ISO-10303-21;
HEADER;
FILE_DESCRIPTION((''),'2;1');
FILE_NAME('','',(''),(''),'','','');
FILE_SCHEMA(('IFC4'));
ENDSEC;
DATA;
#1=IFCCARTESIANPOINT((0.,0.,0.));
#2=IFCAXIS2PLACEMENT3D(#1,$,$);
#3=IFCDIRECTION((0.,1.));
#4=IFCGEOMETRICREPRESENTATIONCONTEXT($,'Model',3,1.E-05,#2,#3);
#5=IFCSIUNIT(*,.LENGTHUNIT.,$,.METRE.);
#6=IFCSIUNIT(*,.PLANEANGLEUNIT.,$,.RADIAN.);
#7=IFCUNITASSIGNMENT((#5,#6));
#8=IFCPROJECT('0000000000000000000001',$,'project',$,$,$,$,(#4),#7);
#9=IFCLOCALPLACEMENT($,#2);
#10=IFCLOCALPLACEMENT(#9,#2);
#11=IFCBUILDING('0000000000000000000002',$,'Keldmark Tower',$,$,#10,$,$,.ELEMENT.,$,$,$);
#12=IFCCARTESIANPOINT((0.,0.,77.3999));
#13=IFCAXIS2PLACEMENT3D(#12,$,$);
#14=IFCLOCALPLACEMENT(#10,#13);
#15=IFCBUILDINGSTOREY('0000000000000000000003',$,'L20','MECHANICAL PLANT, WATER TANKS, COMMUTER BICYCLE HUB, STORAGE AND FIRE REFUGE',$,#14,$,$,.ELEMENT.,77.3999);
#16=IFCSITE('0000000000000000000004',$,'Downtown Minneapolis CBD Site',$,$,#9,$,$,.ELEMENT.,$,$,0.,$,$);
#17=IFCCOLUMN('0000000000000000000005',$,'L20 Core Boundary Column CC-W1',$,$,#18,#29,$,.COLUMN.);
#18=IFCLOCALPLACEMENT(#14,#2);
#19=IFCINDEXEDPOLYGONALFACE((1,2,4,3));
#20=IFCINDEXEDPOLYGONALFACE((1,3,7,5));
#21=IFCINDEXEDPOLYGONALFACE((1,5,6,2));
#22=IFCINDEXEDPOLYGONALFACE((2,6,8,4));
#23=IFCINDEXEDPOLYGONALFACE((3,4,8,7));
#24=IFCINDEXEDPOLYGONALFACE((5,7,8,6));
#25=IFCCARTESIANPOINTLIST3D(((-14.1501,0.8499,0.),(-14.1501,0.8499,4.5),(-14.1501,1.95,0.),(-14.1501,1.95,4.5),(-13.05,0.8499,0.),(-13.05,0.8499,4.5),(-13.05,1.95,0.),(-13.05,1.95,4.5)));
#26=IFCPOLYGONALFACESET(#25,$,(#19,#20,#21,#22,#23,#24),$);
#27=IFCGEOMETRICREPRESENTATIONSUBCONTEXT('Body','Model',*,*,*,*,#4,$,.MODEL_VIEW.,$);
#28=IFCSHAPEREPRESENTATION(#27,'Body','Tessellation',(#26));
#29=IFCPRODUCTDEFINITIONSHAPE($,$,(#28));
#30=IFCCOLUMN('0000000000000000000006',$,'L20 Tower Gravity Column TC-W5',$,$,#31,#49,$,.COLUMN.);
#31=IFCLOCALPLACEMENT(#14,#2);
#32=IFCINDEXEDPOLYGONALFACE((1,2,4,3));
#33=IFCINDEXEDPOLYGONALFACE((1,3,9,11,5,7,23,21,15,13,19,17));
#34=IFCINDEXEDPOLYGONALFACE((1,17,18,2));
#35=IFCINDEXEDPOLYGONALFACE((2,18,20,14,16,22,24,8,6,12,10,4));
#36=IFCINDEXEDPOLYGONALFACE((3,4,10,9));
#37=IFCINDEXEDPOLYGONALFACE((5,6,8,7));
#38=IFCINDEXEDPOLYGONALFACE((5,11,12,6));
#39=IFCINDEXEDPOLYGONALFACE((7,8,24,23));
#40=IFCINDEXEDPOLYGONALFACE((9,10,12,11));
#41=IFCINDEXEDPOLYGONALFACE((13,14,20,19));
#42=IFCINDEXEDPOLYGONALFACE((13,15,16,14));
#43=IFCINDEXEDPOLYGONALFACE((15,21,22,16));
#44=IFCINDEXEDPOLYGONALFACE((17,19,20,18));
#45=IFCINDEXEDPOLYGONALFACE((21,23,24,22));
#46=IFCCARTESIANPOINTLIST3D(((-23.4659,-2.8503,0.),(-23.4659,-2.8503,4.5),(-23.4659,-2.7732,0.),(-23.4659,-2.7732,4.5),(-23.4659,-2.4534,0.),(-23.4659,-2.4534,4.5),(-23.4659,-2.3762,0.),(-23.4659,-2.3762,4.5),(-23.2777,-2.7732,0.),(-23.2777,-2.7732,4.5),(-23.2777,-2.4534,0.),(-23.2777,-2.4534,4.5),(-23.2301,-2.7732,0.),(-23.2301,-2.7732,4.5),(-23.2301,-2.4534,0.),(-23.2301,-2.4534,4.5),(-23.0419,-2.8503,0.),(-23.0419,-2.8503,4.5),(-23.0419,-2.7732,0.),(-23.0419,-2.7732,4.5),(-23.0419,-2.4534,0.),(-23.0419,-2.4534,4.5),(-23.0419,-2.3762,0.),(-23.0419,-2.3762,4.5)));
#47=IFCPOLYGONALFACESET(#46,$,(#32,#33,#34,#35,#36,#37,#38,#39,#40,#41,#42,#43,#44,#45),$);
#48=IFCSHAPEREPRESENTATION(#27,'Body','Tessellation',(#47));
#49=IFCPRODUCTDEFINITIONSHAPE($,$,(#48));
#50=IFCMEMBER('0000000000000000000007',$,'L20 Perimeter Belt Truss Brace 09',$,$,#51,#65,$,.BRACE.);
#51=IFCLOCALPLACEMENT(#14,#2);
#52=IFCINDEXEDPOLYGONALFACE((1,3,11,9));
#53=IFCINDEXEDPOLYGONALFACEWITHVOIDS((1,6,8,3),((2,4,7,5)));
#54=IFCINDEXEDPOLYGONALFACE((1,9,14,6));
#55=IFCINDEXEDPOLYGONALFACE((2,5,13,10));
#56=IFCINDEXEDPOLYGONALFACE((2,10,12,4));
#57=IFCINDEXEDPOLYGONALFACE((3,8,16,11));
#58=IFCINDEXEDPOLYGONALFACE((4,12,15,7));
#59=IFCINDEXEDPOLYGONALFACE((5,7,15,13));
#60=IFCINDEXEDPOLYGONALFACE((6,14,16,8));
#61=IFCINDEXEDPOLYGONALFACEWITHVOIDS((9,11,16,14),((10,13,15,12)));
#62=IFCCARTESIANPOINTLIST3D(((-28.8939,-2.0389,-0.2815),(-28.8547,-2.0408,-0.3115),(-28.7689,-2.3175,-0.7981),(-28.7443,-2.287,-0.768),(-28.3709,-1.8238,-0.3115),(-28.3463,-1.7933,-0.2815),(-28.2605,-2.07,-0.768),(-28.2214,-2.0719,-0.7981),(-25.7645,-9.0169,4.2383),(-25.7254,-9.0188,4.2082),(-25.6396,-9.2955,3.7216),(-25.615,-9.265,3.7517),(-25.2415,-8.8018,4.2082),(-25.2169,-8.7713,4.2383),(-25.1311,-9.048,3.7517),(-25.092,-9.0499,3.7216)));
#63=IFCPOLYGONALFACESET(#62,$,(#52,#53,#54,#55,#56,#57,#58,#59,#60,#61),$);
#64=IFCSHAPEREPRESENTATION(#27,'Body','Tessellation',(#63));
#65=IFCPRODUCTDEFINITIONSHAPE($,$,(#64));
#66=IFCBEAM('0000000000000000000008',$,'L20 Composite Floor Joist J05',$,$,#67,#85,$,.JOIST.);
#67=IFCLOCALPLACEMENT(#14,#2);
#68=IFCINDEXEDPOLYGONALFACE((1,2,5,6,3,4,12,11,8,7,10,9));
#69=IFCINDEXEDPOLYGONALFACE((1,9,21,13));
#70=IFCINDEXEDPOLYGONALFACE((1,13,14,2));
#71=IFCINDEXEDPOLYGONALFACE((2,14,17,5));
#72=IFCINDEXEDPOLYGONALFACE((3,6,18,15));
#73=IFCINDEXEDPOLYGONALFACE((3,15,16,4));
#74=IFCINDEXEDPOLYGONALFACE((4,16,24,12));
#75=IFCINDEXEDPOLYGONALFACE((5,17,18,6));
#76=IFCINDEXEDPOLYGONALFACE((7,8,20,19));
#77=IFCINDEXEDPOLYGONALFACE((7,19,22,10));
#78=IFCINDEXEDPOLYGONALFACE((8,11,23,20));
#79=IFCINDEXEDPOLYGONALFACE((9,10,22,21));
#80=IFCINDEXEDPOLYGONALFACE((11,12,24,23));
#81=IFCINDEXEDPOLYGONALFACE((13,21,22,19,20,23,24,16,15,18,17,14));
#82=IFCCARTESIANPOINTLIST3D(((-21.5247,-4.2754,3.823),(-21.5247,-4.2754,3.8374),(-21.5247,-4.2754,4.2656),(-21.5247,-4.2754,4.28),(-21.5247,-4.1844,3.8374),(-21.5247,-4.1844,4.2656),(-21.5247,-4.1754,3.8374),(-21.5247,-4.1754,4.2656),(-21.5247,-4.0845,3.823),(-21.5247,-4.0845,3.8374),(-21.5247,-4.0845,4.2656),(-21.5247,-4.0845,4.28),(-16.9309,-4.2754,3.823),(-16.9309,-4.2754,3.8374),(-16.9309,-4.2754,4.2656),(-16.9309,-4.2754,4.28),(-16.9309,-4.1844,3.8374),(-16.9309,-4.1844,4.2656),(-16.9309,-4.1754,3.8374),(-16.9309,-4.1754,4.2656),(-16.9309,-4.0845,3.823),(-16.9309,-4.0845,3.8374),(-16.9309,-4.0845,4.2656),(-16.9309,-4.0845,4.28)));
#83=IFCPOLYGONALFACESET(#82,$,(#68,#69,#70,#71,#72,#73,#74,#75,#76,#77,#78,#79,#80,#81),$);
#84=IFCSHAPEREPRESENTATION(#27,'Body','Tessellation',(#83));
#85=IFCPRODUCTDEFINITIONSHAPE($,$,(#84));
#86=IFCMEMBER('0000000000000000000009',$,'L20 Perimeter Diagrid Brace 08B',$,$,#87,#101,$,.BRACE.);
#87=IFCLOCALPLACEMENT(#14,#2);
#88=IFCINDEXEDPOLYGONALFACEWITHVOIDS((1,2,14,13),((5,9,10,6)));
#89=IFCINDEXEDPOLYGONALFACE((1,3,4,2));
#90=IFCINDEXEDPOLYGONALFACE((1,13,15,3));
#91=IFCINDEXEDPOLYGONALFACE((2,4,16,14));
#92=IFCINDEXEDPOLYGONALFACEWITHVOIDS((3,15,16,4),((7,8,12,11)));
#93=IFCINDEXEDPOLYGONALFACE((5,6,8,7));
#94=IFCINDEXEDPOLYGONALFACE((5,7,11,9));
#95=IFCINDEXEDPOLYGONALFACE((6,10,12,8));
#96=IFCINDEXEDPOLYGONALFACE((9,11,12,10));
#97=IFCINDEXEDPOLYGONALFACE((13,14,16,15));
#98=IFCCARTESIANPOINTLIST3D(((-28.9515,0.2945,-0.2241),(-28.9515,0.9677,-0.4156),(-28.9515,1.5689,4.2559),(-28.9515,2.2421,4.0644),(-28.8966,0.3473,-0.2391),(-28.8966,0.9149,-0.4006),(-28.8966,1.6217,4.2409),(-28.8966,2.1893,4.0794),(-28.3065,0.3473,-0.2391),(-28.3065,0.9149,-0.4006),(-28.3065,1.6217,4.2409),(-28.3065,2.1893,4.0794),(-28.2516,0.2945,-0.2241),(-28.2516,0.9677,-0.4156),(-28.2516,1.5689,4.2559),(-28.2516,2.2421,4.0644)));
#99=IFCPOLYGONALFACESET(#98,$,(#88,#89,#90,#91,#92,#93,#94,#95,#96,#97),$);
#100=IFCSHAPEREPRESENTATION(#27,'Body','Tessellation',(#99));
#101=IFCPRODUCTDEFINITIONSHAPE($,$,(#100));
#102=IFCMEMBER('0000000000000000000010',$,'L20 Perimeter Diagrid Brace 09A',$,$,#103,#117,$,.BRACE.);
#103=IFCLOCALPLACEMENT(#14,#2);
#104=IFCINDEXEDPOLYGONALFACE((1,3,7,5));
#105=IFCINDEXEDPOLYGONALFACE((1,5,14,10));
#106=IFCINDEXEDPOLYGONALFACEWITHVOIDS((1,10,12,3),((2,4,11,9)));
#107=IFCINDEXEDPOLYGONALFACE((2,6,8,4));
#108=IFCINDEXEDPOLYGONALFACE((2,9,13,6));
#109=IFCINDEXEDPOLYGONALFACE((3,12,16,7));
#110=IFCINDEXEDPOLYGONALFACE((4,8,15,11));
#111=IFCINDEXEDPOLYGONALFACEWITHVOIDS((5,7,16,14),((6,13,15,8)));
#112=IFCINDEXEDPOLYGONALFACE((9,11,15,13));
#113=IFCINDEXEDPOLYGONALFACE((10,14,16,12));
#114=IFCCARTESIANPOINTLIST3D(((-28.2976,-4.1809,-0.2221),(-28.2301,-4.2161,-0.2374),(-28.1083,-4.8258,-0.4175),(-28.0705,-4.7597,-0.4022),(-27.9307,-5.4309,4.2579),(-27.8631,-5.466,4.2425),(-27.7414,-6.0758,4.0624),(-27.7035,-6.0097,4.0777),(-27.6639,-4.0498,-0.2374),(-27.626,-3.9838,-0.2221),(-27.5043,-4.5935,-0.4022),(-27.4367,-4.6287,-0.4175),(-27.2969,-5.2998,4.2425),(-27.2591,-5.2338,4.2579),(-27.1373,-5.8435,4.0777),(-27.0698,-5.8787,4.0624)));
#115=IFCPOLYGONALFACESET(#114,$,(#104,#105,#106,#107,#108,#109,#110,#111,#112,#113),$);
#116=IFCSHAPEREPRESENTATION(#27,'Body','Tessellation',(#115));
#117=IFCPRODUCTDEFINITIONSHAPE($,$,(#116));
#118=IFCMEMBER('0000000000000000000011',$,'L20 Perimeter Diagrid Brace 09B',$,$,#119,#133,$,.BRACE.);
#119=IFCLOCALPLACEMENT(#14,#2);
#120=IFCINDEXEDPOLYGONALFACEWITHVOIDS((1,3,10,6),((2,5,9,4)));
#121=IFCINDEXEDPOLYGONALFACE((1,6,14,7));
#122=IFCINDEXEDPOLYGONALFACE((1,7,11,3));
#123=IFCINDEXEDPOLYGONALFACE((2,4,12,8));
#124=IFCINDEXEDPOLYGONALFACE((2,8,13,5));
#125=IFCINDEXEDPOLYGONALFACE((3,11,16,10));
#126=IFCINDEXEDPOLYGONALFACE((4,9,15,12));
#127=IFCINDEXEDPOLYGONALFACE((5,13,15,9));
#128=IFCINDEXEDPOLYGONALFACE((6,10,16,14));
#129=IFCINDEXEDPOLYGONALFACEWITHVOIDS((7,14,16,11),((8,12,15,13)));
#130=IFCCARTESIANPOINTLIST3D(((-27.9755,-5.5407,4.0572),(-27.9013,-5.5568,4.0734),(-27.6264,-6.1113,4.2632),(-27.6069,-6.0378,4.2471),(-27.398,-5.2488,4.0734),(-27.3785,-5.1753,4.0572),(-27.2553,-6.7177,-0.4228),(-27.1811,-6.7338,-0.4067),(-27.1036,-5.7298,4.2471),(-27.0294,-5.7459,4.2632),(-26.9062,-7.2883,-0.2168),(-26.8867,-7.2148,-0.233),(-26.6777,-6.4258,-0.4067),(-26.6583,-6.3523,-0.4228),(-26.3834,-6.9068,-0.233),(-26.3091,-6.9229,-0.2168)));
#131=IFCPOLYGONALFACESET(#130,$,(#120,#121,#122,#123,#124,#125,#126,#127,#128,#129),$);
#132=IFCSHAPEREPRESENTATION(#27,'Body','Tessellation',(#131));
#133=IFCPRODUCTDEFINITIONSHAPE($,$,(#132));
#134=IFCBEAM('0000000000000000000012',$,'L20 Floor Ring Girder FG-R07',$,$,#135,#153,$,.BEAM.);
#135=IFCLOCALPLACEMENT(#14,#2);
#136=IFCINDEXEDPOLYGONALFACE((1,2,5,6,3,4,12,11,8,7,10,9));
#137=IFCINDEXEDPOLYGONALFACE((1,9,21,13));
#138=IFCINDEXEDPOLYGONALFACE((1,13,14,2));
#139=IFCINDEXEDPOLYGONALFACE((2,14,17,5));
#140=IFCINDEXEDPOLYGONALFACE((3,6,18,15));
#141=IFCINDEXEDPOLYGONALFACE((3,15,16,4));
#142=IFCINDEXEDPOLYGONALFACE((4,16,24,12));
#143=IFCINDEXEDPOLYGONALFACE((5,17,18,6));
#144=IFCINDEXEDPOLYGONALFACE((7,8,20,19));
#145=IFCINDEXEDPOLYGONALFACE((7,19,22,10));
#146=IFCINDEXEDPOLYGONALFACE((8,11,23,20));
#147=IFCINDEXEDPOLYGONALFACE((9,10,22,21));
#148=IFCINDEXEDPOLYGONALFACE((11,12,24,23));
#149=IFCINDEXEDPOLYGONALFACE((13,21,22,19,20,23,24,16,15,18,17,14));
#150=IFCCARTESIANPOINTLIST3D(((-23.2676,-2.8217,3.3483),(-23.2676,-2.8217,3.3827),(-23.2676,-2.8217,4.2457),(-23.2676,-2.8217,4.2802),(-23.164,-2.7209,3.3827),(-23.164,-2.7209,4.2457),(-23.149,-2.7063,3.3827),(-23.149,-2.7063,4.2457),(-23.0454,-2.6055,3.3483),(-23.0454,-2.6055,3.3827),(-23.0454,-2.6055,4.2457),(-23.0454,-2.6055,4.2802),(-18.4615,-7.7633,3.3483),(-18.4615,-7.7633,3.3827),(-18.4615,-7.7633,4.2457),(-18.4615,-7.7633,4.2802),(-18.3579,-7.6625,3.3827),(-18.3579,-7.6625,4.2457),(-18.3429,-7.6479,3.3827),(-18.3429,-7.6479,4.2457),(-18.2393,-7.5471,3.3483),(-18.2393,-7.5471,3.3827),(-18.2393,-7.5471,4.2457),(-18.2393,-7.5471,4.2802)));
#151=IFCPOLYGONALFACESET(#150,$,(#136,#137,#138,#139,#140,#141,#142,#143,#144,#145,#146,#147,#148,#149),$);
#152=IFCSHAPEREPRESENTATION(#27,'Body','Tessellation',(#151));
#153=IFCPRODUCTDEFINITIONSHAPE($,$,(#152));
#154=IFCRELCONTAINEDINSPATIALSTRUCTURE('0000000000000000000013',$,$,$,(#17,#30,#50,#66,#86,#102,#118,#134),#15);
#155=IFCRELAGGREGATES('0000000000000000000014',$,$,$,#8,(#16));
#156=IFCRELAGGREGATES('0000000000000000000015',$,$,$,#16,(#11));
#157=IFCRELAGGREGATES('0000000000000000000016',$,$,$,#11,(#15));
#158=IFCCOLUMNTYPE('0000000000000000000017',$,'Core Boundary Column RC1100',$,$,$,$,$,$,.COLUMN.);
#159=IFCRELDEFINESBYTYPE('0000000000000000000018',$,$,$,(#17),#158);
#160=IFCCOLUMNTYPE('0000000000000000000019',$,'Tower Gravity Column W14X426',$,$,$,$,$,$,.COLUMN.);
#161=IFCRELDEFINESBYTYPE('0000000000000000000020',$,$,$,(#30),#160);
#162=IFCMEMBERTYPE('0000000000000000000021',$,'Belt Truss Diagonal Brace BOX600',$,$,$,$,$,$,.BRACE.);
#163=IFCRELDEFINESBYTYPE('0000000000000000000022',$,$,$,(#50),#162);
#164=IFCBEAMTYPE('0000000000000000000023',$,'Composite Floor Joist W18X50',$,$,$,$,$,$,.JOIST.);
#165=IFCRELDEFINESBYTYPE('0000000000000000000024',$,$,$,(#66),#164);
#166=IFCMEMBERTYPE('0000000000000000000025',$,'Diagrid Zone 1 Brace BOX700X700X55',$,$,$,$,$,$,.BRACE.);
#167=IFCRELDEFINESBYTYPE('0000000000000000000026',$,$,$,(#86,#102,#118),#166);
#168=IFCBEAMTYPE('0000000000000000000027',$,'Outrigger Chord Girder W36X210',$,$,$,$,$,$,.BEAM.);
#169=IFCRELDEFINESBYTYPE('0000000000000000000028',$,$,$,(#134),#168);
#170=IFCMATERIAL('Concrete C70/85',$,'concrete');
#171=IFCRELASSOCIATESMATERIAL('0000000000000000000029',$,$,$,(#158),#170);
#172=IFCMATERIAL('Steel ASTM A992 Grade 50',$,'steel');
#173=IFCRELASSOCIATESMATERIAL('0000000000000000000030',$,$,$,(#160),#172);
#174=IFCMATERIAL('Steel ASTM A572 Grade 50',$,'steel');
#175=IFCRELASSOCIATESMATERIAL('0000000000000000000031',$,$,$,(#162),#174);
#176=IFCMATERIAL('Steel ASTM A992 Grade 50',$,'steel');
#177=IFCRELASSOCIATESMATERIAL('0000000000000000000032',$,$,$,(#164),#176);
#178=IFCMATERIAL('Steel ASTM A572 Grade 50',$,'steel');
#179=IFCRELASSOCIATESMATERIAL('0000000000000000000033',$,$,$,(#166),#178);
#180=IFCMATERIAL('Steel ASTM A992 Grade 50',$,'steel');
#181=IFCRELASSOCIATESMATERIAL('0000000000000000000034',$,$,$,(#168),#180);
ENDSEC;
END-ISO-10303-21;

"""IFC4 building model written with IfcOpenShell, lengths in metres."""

from ifc_helpers import new_model, si_unit, direction, frame, origin, origin_2d, place, context, subcontext, project, spatial, rectangle, hollow_rectangle, i_section, extrude, material, material_profile, profile_set, type_object, element, save


model = new_model("IFC4")

# Units and contexts
model_context = context("Model", 3, precision=1e-05, world=origin(), true_north=direction((0.0, 1.0)))
body_context = subcontext(model_context, "Body", "Model", "MODEL_VIEW")
ifc_project = project(units=[si_unit("LENGTHUNIT", "METRE"), si_unit("PLANEANGLEUNIT", "RADIAN")], contexts=[model_context])

# Site, building, storey
site_placement = place(None, origin())
site = spatial("IfcSite", under=ifc_project, at=site_placement, Name="Downtown Minneapolis CBD Site", CompositionType="ELEMENT", RefElevation=0.0)
building_placement = place(site_placement, origin())
building = spatial("IfcBuilding", under=site, at=building_placement, Name="Keldmark Tower", CompositionType="ELEMENT")
storey_placement = place(building_placement, frame((0.0, 0.0, 77.3999)))
storey = spatial("IfcBuildingStorey", under=building, at=storey_placement, Name="L20", Description="MECHANICAL PLANT, WATER TANKS, COMMUTER BICYCLE HUB, STORAGE AND FIRE REFUGE", CompositionType="ELEMENT", Elevation=77.3999)

# Columns
ifc_material_1 = material(Name="Concrete C70/85", Category="concrete")
ifc_material_profile_1 = material_profile(ifc_material_1, rectangle(XDim=1.1001, YDim=1.1001, at=origin_2d()), Name="RC1100X1100")
ifc_profile_set_1 = profile_set([ifc_material_profile_1], Name="Concrete C70/85")
column_type_1 = type_object("IfcColumnType", Name="Core Boundary Column RC1100", PredefinedType="COLUMN", material=ifc_profile_set_1)
column_1_placement = place(storey_placement, frame((-13.6001, 1.3999, 0.0), z_axis=(0.0, 0.0, 1.0), x_axis=(1.0, 0.0, 0.0)))
element("IfcColumn", 1, at=column_1_placement, inside=storey, type_object=column_type_1, Name="L20 Core Boundary Column CC-W1", PredefinedType="COLUMN", context=body_context, shape_type="SweptSolid", body=[
    extrude(rectangle(XDim=1.1001, YDim=1.1001, at=origin_2d()), origin(), (0.0, 0.0, 1.0), 4.5),
])
ifc_material_2 = material(Name="Steel ASTM A992 Grade 50", Category="steel")
ifc_material_profile_2 = material_profile(ifc_material_2, i_section(OverallWidth=0.4241, OverallDepth=0.4741, WebThickness=0.0476, FlangeThickness=0.0771, at=origin_2d()), Name="W14X426")
ifc_profile_set_2 = profile_set([ifc_material_profile_2], Name="Steel ASTM A992 Grade 50")
column_type_2 = type_object("IfcColumnType", Name="Tower Gravity Column W14X426", PredefinedType="COLUMN", material=ifc_profile_set_2)
column_2_placement = place(storey_placement, frame((-23.2539, -2.6133, 0.0), z_axis=(0.0, 0.0, 1.0), x_axis=(1.0, 0.0, 0.0)))
element("IfcColumn", 2, at=column_2_placement, inside=storey, type_object=column_type_2, Name="L20 Tower Gravity Column TC-W5", PredefinedType="COLUMN", context=body_context, shape_type="SweptSolid", body=[
    extrude(i_section(OverallWidth=0.4241, OverallDepth=0.4741, WebThickness=0.0476, FlangeThickness=0.0771, at=origin_2d()), origin(), (0.0, 0.0, 1.0), 4.5),
])

# Member
ifc_material_3 = material(Name="Steel ASTM A572 Grade 50", Category="steel")
ifc_material_profile_3 = material_profile(ifc_material_3, hollow_rectangle(XDim=0.6001, YDim=0.6001, WallThickness=0.0349, at=origin_2d()), Name="BOX600X600X35")
ifc_profile_set_3 = profile_set([ifc_material_profile_3], Name="Steel ASTM A572 Grade 50")
member_type_1 = type_object("IfcMemberType", Name="Belt Truss Diagonal Brace BOX600", PredefinedType="BRACE", material=ifc_profile_set_3)
member_1_placement = place(storey_placement, frame((-28.5576, -2.0554, -0.5398), z_axis=(0.352275, -0.785515, 0.50879), x_axis=(0.912445, 0.409199, 0.0)))
element("IfcMember", 3, at=member_1_placement, inside=storey, type_object=member_type_1, Name="L20 Perimeter Belt Truss Brace 09", PredefinedType="BRACE", context=body_context, shape_type="SweptSolid", body=[
    extrude(hollow_rectangle(XDim=0.6001, YDim=0.6001, WallThickness=0.0349, at=origin_2d()), origin(), (0.0, 0.0, 1.0), 8.8833),
])

# Beam
ifc_material_4 = material(Name="Steel ASTM A992 Grade 50", Category="steel")
ifc_material_profile_4 = material_profile(ifc_material_4, i_section(OverallWidth=0.1909, OverallDepth=0.457, WebThickness=0.009, FlangeThickness=0.0144, at=origin_2d()), Name="W18X50")
ifc_profile_set_4 = profile_set([ifc_material_profile_4], Name="Steel ASTM A992 Grade 50")
beam_type_1 = type_object("IfcBeamType", Name="Composite Floor Joist W18X50", PredefinedType="JOIST", material=ifc_profile_set_4)
beam_1_placement = place(storey_placement, frame((-21.5247, -4.1799, 4.0515), z_axis=(1.0, 0.0, 0.0), x_axis=(0.0, 1.0, 0.0)))
element("IfcBeam", 4, at=beam_1_placement, inside=storey, type_object=beam_type_1, Name="L20 Composite Floor Joist J05", PredefinedType="JOIST", context=body_context, shape_type="SweptSolid", body=[
    extrude(i_section(OverallWidth=0.1909, OverallDepth=0.457, WebThickness=0.009, FlangeThickness=0.0144, at=origin_2d()), origin(), (0.0, 0.0, 1.0), 4.5938),
])

# Members
ifc_material_5 = material(Name="Steel ASTM A572 Grade 50", Category="steel")
ifc_material_profile_5 = material_profile(ifc_material_5, hollow_rectangle(XDim=0.7, YDim=0.7, WallThickness=0.0549, at=origin_2d()), Name="BOX700X700X55")
ifc_profile_set_5 = profile_set([ifc_material_profile_5], Name="Steel ASTM A572 Grade 50")
member_type_2 = type_object("IfcMemberType", Name="Diagrid Zone 1 Brace BOX700X700X55", PredefinedType="BRACE", material=ifc_profile_set_5)
member_2_placement = place(storey_placement, frame((-28.6016, 0.6311, -0.3198), z_axis=(0.0, 0.273613, 0.96184), x_axis=(-1.0, 0.0, 0.0)))
element("IfcMember", 5, at=member_2_placement, inside=storey, type_object=member_type_2, Name="L20 Perimeter Diagrid Brace 08B", PredefinedType="BRACE", context=body_context, shape_type="SweptSolid", body=[
    extrude(hollow_rectangle(XDim=0.7, YDim=0.7, WallThickness=0.0549, at=origin_2d()), origin(), (0.0, 0.0, 1.0), 4.6577),
])
member_3_placement = place(storey_placement, frame((-27.8672, -4.4048, -0.3198), z_axis=(0.07865, -0.267921, 0.960225), x_axis=(0.959512, 0.281669, 0.0)))
element("IfcMember", 6, at=member_3_placement, inside=storey, type_object=member_type_2, Name="L20 Perimeter Diagrid Brace 09A", PredefinedType="BRACE", context=body_context, shape_type="SweptSolid", body=[
    extrude(hollow_rectangle(XDim=0.7, YDim=0.7, WallThickness=0.0549, at=origin_2d()), origin(), (0.0, 0.0, 1.0), 4.6655),
])
member_4_placement = place(storey_placement, frame((-26.7822, -6.8203, -0.3198), z_axis=(-0.15364, 0.251085, 0.955694), x_axis=(-0.85298, -0.521944, 0.0)))
element("IfcMember", 7, at=member_4_placement, inside=storey, type_object=member_type_2, Name="L20 Perimeter Diagrid Brace 09B", PredefinedType="BRACE", context=body_context, shape_type="SweptSolid", body=[
    extrude(hollow_rectangle(XDim=0.7, YDim=0.7, WallThickness=0.0549, at=origin_2d()), origin(), (0.0, 0.0, 1.0), 4.6877),
])

# Beam
ifc_material_6 = material(Name="Steel ASTM A992 Grade 50", Category="steel")
ifc_material_profile_6 = material_profile(ifc_material_6, i_section(OverallWidth=0.3101, OverallDepth=0.9319, WebThickness=0.021, FlangeThickness=0.0344, at=origin_2d()), Name="W36X210")
ifc_profile_set_6 = profile_set([ifc_material_profile_6], Name="Steel ASTM A992 Grade 50")
beam_type_2 = type_object("IfcBeamType", Name="Outrigger Chord Girder W36X210", PredefinedType="BEAM", material=ifc_profile_set_6)
beam_2_placement = place(storey_placement, frame((-23.1565, -2.7136, 3.8142), z_axis=(0.69721, -0.716867, 0.0), x_axis=(0.716867, 0.69721, 0.0)))
element("IfcBeam", 8, at=beam_2_placement, inside=storey, type_object=beam_type_2, Name="L20 Floor Ring Girder FG-R07", PredefinedType="BEAM", context=body_context, shape_type="SweptSolid", body=[
    extrude(i_section(OverallWidth=0.3101, OverallDepth=0.9319, WebThickness=0.021, FlangeThickness=0.0344, at=origin_2d()), origin(), (0.0, 0.0, 1.0), 6.8933),
])

save(model, "model.ifc")
